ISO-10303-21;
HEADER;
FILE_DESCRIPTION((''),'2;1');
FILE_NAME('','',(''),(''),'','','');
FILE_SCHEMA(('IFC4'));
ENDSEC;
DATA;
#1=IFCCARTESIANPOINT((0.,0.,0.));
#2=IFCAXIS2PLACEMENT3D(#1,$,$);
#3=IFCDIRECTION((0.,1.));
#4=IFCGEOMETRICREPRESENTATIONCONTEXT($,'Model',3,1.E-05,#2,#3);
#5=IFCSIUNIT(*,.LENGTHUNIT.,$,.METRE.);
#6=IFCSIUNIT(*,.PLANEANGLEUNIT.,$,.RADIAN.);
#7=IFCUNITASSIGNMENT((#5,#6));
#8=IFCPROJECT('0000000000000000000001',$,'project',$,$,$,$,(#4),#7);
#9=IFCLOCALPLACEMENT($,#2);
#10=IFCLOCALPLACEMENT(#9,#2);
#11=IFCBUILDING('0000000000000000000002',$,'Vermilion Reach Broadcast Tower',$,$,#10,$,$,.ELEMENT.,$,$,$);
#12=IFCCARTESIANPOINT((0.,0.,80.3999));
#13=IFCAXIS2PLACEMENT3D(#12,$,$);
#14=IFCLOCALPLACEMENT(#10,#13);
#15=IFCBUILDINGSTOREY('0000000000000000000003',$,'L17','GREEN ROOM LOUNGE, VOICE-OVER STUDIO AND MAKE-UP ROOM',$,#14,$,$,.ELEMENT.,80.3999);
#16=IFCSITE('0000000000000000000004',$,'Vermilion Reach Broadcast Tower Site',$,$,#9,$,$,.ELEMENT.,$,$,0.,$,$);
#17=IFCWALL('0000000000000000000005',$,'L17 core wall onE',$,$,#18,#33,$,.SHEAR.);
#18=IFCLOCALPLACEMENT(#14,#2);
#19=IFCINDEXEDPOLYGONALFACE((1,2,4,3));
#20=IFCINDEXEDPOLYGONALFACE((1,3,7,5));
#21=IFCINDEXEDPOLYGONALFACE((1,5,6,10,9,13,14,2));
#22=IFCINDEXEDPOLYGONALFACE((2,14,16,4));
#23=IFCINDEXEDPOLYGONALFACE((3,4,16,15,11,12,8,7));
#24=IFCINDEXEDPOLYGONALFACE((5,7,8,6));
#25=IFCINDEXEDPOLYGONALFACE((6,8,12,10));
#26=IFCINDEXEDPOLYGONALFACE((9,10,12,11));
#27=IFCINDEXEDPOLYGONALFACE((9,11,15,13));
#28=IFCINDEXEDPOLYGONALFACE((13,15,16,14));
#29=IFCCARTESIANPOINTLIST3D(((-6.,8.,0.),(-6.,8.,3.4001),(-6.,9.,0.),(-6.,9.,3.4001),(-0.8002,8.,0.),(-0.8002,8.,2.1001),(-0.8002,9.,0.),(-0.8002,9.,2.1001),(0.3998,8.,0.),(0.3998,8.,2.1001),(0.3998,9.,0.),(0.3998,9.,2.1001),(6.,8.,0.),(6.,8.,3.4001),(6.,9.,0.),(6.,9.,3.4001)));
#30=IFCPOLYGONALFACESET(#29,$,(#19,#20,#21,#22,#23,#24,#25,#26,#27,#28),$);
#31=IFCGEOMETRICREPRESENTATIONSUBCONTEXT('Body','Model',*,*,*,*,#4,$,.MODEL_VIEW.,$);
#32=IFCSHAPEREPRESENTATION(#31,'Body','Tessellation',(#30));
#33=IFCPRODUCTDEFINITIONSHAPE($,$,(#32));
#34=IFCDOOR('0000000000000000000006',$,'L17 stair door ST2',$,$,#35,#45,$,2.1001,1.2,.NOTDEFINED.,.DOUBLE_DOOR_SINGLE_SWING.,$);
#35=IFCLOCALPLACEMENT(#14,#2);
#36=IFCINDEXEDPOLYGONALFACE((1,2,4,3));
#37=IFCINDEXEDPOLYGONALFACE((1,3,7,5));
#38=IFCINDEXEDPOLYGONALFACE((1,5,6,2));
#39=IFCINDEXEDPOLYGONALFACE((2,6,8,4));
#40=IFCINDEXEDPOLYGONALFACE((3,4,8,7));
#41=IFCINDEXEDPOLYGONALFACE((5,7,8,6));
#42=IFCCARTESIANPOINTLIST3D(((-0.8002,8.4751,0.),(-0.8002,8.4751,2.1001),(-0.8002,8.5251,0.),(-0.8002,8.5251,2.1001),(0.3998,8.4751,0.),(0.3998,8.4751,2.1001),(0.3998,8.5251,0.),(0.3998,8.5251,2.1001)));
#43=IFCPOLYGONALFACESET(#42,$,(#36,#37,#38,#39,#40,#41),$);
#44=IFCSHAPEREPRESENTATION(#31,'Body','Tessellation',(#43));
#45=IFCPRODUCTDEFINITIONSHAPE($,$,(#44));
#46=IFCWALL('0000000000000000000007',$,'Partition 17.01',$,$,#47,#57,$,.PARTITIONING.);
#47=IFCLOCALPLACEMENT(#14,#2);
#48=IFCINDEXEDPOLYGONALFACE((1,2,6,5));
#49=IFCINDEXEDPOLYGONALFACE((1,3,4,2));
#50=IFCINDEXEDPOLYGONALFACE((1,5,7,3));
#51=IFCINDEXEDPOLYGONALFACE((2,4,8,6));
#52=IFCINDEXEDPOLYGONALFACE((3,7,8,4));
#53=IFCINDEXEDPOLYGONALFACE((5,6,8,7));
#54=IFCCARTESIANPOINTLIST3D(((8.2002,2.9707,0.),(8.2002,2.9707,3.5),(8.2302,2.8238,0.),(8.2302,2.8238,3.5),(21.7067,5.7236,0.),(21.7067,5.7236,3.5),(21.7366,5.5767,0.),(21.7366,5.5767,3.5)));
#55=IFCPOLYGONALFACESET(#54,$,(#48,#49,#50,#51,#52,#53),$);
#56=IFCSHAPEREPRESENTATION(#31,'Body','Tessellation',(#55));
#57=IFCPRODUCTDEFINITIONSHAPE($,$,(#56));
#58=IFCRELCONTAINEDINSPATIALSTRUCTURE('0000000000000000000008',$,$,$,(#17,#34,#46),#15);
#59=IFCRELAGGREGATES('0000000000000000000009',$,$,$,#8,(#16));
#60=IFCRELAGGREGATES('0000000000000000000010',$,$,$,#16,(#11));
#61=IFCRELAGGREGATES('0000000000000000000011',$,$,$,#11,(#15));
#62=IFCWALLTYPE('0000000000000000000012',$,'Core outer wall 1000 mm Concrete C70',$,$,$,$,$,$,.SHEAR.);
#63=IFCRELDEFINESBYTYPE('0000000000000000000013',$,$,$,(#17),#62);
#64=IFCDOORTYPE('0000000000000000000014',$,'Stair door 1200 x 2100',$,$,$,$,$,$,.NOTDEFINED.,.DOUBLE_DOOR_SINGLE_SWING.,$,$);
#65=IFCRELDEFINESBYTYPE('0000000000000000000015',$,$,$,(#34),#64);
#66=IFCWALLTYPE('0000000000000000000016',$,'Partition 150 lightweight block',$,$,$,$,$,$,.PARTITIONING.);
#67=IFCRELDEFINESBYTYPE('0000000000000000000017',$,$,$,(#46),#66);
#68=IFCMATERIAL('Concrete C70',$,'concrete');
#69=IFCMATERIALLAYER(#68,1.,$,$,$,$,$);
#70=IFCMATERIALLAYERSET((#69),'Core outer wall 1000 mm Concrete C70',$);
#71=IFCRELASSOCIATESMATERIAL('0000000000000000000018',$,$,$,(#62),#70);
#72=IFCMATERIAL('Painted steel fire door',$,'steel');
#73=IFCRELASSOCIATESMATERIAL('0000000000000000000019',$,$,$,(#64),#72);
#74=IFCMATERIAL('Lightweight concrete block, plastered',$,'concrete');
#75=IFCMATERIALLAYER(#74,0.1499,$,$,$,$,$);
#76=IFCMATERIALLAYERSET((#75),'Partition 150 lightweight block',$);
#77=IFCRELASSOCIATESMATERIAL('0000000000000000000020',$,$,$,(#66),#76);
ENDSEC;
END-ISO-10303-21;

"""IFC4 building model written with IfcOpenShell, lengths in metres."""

from ifc_helpers import new_model, si_unit, direction, frame, frame_2d, origin, place, context, subcontext, project, spatial, rectangle, extrude, material, layer, layer_set, type_object, element, fill, save


model = new_model("IFC4")

# Units and contexts
model_context = context("Model", 3, precision=1e-05, world=origin(), true_north=direction((0.0, 1.0)))
body_context = subcontext(model_context, "Body", "Model", "MODEL_VIEW")
ifc_project = project(units=[si_unit("LENGTHUNIT", "METRE"), si_unit("PLANEANGLEUNIT", "RADIAN")], contexts=[model_context])

# Site, building, storey
site_placement = place(None, origin())
site = spatial("IfcSite", under=ifc_project, at=site_placement, Name="Vermilion Reach Broadcast Tower Site", CompositionType="ELEMENT", RefElevation=0.0)
building_placement = place(site_placement, origin())
building = spatial("IfcBuilding", under=site, at=building_placement, Name="Vermilion Reach Broadcast Tower", CompositionType="ELEMENT")
storey_placement = place(building_placement, frame((0.0, 0.0, 80.3999)))
storey = spatial("IfcBuildingStorey", under=building, at=storey_placement, Name="L17", Description="GREEN ROOM LOUNGE, VOICE-OVER STUDIO AND MAKE-UP ROOM", CompositionType="ELEMENT", Elevation=80.3999)

# Wall, opening, door
ifc_material_1 = material(Name="Concrete C70", Category="concrete")
ifc_layer_1 = layer(ifc_material_1, 1.0)
ifc_layer_set_1 = layer_set([ifc_layer_1], Name="Core outer wall 1000 mm Concrete C70")
wall_type_1 = type_object("IfcWallType", Name="Core outer wall 1000 mm Concrete C70", PredefinedType="SHEAR", material=ifc_layer_set_1)
wall_1_placement = place(storey_placement, frame((6.0, 8.5, 0.0), z_axis=(0.0, 0.0, 1.0), x_axis=(-1.0, 0.0, 0.0)))
wall_1 = element("IfcWall", 1, at=wall_1_placement, inside=storey, type_object=wall_type_1, Name="L17 core wall onE", PredefinedType="SHEAR", context=body_context, shape_type="SweptSolid", body=[
    extrude(rectangle(XDim=12.0, YDim=1.0, at=frame_2d((6.0, 0.0))), origin(), (0.0, 0.0, 1.0), 3.4001),
])
opening_placement = place(wall_1_placement, frame((5.6001, 0.0, 0.0)))
opening = element("IfcOpeningElement", 2, at=opening_placement, cuts=wall_1, PredefinedType="OPENING", context=body_context, shape_type="SweptSolid", body=[
    extrude(rectangle(XDim=1.2, YDim=2.1001, at=frame_2d((0.6001, 1.05))), frame((0.0, 0.51, 0.0), z_axis=(0.0, -1.0, 0.0), x_axis=(1.0, 0.0, 0.0)), (0.0, 0.0, 1.0), 1.02),
])
ifc_material_2 = material(Name="Painted steel fire door", Category="steel")
door_type = type_object("IfcDoorType", Name="Stair door 1200 x 2100", OperationType="DOUBLE_DOOR_SINGLE_SWING", PredefinedType="NOTDEFINED", material=ifc_material_2)
door_placement = place(opening_placement, origin())
door = element("IfcDoor", 3, at=door_placement, inside=storey, type_object=door_type, Name="L17 stair door ST2", OperationType="DOUBLE_DOOR_SINGLE_SWING", OverallHeight=2.1001, OverallWidth=1.2, PredefinedType="NOTDEFINED", context=body_context, shape_type="SweptSolid", body=[
    extrude(rectangle(XDim=1.2, YDim=2.1001, at=frame_2d((0.6001, 1.05))), frame((0.0, 0.0249, 0.0), z_axis=(0.0, -1.0, 0.0), x_axis=(1.0, 0.0, 0.0)), (0.0, 0.0, 1.0), 0.05),
])
fill(opening, door)

# Wall
ifc_material_3 = material(Name="Lightweight concrete block, plastered", Category="concrete")
ifc_layer_2 = layer(ifc_material_3, 0.1499)
ifc_layer_set_2 = layer_set([ifc_layer_2], Name="Partition 150 lightweight block")
wall_type_2 = type_object("IfcWallType", Name="Partition 150 lightweight block", PredefinedType="PARTITIONING", material=ifc_layer_set_2)
wall_2_placement = place(storey_placement, frame((21.7217, 5.6501, 0.0), z_axis=(0.0, 0.0, 1.0), x_axis=(-0.979854, -0.199715, 0.0)))
element("IfcWall", 4, at=wall_2_placement, inside=storey, type_object=wall_type_2, Name="Partition 17.01", PredefinedType="PARTITIONING", context=body_context, shape_type="SweptSolid", body=[
    extrude(rectangle(XDim=13.7842, YDim=0.1499, at=frame_2d((6.8921, 0.0))), origin(), (0.0, 0.0, 1.0), 3.5),
])

save(model, "model.ifc")
